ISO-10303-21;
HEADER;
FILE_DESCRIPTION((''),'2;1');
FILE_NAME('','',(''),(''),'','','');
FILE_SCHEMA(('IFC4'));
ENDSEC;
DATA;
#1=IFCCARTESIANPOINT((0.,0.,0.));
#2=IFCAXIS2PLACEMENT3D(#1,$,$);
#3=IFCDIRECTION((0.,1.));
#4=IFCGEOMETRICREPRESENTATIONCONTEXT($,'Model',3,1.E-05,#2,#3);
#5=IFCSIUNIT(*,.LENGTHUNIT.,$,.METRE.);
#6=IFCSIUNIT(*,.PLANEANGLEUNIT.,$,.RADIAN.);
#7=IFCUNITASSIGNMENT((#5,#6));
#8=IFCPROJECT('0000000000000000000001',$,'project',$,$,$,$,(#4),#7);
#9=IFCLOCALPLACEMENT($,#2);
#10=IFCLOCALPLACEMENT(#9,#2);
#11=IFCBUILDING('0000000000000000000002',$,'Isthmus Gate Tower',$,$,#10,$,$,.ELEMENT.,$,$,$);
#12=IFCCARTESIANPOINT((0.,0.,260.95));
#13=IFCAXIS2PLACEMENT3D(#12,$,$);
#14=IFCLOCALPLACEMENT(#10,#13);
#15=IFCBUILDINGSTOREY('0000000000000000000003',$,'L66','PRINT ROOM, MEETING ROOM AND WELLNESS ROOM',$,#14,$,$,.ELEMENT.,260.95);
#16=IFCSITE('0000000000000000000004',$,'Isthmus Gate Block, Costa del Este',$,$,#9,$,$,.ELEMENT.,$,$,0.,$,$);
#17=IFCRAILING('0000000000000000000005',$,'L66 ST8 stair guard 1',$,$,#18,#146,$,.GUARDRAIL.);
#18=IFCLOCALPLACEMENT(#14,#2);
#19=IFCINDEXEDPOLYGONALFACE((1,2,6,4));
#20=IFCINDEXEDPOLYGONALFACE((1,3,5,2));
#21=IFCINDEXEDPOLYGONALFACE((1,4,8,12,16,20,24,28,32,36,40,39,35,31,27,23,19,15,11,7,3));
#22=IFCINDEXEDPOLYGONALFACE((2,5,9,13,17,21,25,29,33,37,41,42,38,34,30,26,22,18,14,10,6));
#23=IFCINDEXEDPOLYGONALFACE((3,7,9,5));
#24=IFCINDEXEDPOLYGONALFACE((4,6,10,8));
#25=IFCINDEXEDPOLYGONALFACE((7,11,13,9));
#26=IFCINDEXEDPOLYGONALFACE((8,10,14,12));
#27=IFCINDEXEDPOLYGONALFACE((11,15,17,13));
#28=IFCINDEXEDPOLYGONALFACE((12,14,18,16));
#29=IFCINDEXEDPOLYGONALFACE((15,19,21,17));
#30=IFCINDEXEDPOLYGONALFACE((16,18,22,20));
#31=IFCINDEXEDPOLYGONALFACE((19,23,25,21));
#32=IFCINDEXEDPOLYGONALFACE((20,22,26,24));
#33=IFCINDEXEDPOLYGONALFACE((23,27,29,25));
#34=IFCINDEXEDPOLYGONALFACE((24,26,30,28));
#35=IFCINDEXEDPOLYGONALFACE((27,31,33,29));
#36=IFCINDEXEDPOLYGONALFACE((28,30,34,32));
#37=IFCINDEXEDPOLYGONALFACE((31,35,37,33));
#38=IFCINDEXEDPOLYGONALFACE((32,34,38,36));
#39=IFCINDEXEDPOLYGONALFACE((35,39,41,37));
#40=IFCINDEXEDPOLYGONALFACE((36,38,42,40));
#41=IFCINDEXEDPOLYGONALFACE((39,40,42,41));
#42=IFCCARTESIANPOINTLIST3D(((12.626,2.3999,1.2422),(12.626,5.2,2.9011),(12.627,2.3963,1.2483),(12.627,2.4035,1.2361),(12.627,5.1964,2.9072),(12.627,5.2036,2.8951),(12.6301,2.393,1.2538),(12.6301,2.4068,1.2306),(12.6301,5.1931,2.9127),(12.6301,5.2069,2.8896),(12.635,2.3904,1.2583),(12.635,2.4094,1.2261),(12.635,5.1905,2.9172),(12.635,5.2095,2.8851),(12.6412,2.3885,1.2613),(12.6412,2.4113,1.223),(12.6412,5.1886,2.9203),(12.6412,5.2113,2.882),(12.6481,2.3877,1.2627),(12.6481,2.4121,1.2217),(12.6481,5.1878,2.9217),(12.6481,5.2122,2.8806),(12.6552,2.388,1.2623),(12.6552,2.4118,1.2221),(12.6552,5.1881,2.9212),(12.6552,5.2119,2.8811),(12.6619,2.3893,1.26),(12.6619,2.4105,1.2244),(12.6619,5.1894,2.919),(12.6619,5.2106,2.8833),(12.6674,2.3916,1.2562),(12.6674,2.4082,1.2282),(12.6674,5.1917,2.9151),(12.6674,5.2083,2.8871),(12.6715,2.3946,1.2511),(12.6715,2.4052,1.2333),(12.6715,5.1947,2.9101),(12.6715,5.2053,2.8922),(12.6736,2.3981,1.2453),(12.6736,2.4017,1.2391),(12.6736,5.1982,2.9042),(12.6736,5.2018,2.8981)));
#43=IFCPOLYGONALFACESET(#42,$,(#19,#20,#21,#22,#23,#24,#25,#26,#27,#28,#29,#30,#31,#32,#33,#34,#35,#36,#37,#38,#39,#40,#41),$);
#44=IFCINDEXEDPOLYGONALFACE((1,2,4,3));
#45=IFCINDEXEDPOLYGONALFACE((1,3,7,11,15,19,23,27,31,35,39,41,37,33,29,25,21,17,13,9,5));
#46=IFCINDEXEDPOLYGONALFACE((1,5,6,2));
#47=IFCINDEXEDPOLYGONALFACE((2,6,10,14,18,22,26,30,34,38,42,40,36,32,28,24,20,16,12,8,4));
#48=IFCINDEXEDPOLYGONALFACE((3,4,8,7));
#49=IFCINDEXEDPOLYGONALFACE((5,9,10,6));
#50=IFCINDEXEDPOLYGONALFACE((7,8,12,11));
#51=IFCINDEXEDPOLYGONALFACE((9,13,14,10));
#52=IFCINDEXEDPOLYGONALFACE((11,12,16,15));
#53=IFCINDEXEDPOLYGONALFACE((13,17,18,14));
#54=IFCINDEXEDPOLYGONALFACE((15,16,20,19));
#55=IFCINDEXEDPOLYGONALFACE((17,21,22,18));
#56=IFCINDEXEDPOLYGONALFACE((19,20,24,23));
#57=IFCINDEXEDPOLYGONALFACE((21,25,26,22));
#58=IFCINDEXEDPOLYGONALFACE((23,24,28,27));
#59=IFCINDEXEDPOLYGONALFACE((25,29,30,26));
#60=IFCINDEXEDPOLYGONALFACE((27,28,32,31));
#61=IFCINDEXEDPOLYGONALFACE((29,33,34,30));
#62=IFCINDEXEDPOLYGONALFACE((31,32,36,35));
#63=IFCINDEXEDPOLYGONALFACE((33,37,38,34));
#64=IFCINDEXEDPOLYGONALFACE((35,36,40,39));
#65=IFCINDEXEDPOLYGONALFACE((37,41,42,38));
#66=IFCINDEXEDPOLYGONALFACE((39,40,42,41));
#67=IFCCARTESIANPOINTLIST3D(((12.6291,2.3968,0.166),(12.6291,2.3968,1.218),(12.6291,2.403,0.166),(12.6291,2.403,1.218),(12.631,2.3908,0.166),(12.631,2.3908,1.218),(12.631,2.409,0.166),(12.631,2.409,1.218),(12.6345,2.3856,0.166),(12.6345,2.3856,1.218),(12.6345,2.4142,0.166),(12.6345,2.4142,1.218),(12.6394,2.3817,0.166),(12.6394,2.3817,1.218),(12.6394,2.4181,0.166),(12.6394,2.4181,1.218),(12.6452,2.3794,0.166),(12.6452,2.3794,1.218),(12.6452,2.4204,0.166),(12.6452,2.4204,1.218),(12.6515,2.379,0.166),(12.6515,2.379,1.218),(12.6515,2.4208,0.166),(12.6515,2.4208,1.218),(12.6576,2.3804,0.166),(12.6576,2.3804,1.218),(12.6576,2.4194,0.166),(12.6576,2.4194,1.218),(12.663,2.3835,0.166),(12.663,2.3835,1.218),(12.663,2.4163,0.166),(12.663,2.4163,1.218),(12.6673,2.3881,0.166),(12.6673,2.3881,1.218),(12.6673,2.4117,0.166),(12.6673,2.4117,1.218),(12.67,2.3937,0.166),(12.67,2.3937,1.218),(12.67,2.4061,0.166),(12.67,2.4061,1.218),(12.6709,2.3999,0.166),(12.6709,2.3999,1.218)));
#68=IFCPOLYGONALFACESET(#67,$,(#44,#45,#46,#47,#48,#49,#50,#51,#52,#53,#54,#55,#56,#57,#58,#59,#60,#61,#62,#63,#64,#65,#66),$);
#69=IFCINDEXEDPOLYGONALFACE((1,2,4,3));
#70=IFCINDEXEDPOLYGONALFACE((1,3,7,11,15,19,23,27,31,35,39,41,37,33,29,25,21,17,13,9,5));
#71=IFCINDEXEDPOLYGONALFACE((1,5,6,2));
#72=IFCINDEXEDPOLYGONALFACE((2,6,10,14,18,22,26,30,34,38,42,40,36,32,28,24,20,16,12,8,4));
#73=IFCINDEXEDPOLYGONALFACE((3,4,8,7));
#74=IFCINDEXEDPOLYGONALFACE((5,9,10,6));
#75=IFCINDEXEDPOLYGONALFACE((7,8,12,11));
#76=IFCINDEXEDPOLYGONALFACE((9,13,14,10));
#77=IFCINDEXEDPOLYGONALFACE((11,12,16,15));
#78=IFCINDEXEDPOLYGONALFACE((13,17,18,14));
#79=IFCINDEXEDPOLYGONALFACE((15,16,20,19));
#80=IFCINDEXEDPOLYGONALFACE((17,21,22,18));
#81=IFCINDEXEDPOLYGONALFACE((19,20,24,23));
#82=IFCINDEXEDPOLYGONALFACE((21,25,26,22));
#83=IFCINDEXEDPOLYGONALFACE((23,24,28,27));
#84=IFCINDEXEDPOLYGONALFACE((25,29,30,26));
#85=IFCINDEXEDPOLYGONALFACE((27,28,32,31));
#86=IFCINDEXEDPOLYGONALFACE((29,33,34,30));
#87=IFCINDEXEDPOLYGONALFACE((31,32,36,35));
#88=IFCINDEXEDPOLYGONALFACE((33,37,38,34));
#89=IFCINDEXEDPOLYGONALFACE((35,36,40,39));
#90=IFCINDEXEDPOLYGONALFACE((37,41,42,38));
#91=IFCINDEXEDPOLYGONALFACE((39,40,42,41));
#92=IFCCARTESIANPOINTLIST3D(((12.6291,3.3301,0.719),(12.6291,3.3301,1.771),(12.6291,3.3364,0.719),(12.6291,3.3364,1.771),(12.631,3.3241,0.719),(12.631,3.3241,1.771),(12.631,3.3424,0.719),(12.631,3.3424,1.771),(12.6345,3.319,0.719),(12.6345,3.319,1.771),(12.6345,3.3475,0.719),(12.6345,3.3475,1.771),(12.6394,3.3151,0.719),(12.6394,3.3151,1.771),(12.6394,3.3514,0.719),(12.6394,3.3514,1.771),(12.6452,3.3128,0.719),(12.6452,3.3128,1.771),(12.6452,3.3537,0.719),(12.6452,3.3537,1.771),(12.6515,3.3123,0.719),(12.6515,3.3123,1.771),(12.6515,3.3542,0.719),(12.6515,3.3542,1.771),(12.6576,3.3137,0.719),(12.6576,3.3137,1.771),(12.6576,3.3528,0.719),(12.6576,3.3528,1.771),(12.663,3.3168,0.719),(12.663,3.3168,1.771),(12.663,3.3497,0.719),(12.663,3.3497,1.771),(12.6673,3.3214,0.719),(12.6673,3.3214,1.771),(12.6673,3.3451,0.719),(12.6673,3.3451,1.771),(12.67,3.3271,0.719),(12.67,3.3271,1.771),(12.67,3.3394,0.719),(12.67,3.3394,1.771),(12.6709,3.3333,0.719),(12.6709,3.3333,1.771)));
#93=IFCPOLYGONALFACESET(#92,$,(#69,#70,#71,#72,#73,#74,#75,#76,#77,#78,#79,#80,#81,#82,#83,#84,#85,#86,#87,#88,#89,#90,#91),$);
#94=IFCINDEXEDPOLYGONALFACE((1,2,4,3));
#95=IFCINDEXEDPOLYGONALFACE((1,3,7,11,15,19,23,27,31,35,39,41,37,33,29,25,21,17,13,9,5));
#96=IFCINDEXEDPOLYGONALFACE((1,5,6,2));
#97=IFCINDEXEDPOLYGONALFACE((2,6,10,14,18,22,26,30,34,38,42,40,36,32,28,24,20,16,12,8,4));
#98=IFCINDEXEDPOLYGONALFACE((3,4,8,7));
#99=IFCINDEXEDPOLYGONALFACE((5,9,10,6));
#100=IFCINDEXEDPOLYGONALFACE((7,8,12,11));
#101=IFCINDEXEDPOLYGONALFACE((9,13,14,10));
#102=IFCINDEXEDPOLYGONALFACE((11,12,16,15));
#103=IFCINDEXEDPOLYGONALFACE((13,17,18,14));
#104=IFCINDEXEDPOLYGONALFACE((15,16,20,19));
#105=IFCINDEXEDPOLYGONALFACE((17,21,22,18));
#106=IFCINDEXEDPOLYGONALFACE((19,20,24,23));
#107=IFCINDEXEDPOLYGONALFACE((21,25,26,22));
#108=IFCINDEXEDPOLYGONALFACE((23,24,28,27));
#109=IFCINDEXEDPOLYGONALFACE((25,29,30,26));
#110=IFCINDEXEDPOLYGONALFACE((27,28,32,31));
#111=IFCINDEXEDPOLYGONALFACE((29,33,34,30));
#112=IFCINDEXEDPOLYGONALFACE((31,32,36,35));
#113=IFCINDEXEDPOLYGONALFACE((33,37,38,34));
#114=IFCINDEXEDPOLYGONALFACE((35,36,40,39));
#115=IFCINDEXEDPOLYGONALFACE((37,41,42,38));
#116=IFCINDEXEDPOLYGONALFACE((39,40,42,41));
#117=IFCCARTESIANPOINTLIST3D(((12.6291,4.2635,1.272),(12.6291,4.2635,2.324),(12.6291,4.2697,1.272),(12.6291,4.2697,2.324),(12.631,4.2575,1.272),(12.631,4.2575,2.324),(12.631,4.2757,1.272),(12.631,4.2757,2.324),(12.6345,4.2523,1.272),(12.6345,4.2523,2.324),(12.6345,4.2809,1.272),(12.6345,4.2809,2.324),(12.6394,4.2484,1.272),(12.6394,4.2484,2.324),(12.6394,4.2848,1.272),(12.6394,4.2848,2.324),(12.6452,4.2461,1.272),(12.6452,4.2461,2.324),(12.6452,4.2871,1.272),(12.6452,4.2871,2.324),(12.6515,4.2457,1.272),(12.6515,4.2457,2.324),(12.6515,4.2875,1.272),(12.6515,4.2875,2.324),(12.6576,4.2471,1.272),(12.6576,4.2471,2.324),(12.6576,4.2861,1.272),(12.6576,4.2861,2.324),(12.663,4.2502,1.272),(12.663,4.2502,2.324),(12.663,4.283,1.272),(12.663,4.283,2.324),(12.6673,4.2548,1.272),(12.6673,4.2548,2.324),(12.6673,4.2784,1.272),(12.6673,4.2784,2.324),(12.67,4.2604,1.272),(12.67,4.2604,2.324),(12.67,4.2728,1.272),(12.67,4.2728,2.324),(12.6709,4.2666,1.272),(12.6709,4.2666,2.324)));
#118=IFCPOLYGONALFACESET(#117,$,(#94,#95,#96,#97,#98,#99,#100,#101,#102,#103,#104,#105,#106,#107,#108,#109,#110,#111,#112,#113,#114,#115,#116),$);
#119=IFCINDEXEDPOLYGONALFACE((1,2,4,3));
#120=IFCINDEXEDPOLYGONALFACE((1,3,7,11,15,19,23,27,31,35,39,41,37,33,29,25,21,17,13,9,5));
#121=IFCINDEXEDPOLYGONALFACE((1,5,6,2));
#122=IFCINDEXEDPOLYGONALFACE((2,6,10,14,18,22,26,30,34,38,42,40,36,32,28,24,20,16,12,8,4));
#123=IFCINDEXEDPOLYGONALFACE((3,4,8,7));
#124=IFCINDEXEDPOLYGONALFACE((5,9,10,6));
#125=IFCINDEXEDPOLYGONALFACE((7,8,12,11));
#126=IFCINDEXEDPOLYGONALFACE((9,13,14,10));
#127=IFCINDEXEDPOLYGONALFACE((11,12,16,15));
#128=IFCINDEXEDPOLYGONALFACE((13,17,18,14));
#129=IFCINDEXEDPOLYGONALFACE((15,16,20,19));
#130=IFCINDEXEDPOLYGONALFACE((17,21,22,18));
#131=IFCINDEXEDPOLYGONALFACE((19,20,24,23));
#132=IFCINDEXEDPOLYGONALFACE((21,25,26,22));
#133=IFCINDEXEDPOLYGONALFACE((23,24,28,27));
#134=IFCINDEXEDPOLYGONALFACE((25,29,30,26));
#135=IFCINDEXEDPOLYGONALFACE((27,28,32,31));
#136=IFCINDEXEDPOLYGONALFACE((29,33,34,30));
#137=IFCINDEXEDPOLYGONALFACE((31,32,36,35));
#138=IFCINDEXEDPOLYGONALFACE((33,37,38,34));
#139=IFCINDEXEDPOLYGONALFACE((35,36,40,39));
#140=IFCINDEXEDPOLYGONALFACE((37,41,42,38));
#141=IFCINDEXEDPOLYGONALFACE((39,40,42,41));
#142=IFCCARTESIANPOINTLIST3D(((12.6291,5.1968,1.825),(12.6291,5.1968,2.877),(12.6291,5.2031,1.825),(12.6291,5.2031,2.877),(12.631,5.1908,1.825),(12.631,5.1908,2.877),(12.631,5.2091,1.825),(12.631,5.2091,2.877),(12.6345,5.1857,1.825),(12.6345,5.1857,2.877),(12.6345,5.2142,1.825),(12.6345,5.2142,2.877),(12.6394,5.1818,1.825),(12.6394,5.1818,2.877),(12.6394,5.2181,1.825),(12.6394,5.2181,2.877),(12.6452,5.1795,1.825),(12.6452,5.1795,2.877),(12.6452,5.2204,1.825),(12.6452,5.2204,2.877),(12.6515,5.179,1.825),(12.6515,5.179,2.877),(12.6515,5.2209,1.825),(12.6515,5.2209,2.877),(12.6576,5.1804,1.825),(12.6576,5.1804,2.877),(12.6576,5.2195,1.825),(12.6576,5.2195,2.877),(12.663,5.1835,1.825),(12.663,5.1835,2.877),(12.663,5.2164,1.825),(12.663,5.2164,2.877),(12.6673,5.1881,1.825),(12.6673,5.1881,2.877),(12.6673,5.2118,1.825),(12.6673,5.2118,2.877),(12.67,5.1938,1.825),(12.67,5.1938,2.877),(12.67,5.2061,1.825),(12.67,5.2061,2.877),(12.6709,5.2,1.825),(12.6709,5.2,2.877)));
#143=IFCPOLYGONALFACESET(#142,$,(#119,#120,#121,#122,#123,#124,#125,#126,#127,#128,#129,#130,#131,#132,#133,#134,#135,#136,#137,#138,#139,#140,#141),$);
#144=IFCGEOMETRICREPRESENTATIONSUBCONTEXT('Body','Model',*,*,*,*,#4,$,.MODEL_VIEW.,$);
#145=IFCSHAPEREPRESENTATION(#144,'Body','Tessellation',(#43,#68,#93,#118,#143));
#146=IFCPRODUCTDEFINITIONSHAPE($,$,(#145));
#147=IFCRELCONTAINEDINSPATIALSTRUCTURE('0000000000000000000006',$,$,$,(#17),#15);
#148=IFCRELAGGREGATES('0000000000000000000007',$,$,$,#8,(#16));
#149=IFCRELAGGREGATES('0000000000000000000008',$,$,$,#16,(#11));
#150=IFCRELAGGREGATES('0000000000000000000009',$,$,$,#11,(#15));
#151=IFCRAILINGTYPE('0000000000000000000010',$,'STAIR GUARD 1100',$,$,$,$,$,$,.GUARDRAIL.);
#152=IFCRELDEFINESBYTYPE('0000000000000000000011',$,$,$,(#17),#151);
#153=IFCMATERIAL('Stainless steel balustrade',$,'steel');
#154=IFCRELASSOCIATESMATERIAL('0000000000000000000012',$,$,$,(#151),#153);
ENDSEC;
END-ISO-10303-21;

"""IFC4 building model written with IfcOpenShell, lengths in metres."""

from ifc_helpers import new_model, si_unit, direction, frame, origin, origin_2d, place, context, subcontext, project, spatial, circle, extrude, material, type_object, element, save


model = new_model("IFC4")

# Units and contexts
model_context = context("Model", 3, precision=1e-05, world=origin(), true_north=direction((0.0, 1.0)))
body_context = subcontext(model_context, "Body", "Model", "MODEL_VIEW")
ifc_project = project(units=[si_unit("LENGTHUNIT", "METRE"), si_unit("PLANEANGLEUNIT", "RADIAN")], contexts=[model_context])

# Site, building, storey
site_placement = place(None, origin())
site = spatial("IfcSite", under=ifc_project, at=site_placement, Name="Isthmus Gate Block, Costa del Este", CompositionType="ELEMENT", RefElevation=0.0)
building_placement = place(site_placement, origin())
building = spatial("IfcBuilding", under=site, at=building_placement, Name="Isthmus Gate Tower", CompositionType="ELEMENT")
storey_placement = place(building_placement, frame((0.0, 0.0, 260.95)))
storey = spatial("IfcBuildingStorey", under=building, at=storey_placement, Name="L66", Description="PRINT ROOM, MEETING ROOM AND WELLNESS ROOM", CompositionType="ELEMENT", Elevation=260.95)

# Railing
ifc_material_1 = material(Name="Stainless steel balustrade", Category="steel")
railing_type_1 = type_object("IfcRailingType", Name="STAIR GUARD 1100", PredefinedType="GUARDRAIL", material=ifc_material_1)
railing_1_placement = place(storey_placement, frame((12.6499, 2.3999, 0.166)))
element("IfcRailing", 1, at=railing_1_placement, inside=storey, type_object=railing_type_1, Name="L66 ST8 stair guard 1", PredefinedType="GUARDRAIL", context=body_context, shape_type="SweptSolid", body=[
    extrude(circle(Radius=0.0239, at=origin_2d()), frame((0.0, 0.0, 1.0762), z_axis=(0.0, 0.860339, 0.509722), x_axis=(-1.0, 0.0, 0.0)), (0.0, 0.0, 1.0), 3.2546),
    extrude(circle(Radius=0.021, at=origin_2d()), origin(), (0.0, 0.0, 1.0), 1.052),
    extrude(circle(Radius=0.021, at=origin_2d()), frame((0.0, 0.9333, 0.553)), (0.0, 0.0, 1.0), 1.052),
    extrude(circle(Radius=0.021, at=origin_2d()), frame((0.0, 1.8667, 1.106)), (0.0, 0.0, 1.0), 1.052),
    extrude(circle(Radius=0.021, at=origin_2d()), frame((0.0, 2.8, 1.6589)), (0.0, 0.0, 1.0), 1.052),
])

save(model, "model.ifc")
